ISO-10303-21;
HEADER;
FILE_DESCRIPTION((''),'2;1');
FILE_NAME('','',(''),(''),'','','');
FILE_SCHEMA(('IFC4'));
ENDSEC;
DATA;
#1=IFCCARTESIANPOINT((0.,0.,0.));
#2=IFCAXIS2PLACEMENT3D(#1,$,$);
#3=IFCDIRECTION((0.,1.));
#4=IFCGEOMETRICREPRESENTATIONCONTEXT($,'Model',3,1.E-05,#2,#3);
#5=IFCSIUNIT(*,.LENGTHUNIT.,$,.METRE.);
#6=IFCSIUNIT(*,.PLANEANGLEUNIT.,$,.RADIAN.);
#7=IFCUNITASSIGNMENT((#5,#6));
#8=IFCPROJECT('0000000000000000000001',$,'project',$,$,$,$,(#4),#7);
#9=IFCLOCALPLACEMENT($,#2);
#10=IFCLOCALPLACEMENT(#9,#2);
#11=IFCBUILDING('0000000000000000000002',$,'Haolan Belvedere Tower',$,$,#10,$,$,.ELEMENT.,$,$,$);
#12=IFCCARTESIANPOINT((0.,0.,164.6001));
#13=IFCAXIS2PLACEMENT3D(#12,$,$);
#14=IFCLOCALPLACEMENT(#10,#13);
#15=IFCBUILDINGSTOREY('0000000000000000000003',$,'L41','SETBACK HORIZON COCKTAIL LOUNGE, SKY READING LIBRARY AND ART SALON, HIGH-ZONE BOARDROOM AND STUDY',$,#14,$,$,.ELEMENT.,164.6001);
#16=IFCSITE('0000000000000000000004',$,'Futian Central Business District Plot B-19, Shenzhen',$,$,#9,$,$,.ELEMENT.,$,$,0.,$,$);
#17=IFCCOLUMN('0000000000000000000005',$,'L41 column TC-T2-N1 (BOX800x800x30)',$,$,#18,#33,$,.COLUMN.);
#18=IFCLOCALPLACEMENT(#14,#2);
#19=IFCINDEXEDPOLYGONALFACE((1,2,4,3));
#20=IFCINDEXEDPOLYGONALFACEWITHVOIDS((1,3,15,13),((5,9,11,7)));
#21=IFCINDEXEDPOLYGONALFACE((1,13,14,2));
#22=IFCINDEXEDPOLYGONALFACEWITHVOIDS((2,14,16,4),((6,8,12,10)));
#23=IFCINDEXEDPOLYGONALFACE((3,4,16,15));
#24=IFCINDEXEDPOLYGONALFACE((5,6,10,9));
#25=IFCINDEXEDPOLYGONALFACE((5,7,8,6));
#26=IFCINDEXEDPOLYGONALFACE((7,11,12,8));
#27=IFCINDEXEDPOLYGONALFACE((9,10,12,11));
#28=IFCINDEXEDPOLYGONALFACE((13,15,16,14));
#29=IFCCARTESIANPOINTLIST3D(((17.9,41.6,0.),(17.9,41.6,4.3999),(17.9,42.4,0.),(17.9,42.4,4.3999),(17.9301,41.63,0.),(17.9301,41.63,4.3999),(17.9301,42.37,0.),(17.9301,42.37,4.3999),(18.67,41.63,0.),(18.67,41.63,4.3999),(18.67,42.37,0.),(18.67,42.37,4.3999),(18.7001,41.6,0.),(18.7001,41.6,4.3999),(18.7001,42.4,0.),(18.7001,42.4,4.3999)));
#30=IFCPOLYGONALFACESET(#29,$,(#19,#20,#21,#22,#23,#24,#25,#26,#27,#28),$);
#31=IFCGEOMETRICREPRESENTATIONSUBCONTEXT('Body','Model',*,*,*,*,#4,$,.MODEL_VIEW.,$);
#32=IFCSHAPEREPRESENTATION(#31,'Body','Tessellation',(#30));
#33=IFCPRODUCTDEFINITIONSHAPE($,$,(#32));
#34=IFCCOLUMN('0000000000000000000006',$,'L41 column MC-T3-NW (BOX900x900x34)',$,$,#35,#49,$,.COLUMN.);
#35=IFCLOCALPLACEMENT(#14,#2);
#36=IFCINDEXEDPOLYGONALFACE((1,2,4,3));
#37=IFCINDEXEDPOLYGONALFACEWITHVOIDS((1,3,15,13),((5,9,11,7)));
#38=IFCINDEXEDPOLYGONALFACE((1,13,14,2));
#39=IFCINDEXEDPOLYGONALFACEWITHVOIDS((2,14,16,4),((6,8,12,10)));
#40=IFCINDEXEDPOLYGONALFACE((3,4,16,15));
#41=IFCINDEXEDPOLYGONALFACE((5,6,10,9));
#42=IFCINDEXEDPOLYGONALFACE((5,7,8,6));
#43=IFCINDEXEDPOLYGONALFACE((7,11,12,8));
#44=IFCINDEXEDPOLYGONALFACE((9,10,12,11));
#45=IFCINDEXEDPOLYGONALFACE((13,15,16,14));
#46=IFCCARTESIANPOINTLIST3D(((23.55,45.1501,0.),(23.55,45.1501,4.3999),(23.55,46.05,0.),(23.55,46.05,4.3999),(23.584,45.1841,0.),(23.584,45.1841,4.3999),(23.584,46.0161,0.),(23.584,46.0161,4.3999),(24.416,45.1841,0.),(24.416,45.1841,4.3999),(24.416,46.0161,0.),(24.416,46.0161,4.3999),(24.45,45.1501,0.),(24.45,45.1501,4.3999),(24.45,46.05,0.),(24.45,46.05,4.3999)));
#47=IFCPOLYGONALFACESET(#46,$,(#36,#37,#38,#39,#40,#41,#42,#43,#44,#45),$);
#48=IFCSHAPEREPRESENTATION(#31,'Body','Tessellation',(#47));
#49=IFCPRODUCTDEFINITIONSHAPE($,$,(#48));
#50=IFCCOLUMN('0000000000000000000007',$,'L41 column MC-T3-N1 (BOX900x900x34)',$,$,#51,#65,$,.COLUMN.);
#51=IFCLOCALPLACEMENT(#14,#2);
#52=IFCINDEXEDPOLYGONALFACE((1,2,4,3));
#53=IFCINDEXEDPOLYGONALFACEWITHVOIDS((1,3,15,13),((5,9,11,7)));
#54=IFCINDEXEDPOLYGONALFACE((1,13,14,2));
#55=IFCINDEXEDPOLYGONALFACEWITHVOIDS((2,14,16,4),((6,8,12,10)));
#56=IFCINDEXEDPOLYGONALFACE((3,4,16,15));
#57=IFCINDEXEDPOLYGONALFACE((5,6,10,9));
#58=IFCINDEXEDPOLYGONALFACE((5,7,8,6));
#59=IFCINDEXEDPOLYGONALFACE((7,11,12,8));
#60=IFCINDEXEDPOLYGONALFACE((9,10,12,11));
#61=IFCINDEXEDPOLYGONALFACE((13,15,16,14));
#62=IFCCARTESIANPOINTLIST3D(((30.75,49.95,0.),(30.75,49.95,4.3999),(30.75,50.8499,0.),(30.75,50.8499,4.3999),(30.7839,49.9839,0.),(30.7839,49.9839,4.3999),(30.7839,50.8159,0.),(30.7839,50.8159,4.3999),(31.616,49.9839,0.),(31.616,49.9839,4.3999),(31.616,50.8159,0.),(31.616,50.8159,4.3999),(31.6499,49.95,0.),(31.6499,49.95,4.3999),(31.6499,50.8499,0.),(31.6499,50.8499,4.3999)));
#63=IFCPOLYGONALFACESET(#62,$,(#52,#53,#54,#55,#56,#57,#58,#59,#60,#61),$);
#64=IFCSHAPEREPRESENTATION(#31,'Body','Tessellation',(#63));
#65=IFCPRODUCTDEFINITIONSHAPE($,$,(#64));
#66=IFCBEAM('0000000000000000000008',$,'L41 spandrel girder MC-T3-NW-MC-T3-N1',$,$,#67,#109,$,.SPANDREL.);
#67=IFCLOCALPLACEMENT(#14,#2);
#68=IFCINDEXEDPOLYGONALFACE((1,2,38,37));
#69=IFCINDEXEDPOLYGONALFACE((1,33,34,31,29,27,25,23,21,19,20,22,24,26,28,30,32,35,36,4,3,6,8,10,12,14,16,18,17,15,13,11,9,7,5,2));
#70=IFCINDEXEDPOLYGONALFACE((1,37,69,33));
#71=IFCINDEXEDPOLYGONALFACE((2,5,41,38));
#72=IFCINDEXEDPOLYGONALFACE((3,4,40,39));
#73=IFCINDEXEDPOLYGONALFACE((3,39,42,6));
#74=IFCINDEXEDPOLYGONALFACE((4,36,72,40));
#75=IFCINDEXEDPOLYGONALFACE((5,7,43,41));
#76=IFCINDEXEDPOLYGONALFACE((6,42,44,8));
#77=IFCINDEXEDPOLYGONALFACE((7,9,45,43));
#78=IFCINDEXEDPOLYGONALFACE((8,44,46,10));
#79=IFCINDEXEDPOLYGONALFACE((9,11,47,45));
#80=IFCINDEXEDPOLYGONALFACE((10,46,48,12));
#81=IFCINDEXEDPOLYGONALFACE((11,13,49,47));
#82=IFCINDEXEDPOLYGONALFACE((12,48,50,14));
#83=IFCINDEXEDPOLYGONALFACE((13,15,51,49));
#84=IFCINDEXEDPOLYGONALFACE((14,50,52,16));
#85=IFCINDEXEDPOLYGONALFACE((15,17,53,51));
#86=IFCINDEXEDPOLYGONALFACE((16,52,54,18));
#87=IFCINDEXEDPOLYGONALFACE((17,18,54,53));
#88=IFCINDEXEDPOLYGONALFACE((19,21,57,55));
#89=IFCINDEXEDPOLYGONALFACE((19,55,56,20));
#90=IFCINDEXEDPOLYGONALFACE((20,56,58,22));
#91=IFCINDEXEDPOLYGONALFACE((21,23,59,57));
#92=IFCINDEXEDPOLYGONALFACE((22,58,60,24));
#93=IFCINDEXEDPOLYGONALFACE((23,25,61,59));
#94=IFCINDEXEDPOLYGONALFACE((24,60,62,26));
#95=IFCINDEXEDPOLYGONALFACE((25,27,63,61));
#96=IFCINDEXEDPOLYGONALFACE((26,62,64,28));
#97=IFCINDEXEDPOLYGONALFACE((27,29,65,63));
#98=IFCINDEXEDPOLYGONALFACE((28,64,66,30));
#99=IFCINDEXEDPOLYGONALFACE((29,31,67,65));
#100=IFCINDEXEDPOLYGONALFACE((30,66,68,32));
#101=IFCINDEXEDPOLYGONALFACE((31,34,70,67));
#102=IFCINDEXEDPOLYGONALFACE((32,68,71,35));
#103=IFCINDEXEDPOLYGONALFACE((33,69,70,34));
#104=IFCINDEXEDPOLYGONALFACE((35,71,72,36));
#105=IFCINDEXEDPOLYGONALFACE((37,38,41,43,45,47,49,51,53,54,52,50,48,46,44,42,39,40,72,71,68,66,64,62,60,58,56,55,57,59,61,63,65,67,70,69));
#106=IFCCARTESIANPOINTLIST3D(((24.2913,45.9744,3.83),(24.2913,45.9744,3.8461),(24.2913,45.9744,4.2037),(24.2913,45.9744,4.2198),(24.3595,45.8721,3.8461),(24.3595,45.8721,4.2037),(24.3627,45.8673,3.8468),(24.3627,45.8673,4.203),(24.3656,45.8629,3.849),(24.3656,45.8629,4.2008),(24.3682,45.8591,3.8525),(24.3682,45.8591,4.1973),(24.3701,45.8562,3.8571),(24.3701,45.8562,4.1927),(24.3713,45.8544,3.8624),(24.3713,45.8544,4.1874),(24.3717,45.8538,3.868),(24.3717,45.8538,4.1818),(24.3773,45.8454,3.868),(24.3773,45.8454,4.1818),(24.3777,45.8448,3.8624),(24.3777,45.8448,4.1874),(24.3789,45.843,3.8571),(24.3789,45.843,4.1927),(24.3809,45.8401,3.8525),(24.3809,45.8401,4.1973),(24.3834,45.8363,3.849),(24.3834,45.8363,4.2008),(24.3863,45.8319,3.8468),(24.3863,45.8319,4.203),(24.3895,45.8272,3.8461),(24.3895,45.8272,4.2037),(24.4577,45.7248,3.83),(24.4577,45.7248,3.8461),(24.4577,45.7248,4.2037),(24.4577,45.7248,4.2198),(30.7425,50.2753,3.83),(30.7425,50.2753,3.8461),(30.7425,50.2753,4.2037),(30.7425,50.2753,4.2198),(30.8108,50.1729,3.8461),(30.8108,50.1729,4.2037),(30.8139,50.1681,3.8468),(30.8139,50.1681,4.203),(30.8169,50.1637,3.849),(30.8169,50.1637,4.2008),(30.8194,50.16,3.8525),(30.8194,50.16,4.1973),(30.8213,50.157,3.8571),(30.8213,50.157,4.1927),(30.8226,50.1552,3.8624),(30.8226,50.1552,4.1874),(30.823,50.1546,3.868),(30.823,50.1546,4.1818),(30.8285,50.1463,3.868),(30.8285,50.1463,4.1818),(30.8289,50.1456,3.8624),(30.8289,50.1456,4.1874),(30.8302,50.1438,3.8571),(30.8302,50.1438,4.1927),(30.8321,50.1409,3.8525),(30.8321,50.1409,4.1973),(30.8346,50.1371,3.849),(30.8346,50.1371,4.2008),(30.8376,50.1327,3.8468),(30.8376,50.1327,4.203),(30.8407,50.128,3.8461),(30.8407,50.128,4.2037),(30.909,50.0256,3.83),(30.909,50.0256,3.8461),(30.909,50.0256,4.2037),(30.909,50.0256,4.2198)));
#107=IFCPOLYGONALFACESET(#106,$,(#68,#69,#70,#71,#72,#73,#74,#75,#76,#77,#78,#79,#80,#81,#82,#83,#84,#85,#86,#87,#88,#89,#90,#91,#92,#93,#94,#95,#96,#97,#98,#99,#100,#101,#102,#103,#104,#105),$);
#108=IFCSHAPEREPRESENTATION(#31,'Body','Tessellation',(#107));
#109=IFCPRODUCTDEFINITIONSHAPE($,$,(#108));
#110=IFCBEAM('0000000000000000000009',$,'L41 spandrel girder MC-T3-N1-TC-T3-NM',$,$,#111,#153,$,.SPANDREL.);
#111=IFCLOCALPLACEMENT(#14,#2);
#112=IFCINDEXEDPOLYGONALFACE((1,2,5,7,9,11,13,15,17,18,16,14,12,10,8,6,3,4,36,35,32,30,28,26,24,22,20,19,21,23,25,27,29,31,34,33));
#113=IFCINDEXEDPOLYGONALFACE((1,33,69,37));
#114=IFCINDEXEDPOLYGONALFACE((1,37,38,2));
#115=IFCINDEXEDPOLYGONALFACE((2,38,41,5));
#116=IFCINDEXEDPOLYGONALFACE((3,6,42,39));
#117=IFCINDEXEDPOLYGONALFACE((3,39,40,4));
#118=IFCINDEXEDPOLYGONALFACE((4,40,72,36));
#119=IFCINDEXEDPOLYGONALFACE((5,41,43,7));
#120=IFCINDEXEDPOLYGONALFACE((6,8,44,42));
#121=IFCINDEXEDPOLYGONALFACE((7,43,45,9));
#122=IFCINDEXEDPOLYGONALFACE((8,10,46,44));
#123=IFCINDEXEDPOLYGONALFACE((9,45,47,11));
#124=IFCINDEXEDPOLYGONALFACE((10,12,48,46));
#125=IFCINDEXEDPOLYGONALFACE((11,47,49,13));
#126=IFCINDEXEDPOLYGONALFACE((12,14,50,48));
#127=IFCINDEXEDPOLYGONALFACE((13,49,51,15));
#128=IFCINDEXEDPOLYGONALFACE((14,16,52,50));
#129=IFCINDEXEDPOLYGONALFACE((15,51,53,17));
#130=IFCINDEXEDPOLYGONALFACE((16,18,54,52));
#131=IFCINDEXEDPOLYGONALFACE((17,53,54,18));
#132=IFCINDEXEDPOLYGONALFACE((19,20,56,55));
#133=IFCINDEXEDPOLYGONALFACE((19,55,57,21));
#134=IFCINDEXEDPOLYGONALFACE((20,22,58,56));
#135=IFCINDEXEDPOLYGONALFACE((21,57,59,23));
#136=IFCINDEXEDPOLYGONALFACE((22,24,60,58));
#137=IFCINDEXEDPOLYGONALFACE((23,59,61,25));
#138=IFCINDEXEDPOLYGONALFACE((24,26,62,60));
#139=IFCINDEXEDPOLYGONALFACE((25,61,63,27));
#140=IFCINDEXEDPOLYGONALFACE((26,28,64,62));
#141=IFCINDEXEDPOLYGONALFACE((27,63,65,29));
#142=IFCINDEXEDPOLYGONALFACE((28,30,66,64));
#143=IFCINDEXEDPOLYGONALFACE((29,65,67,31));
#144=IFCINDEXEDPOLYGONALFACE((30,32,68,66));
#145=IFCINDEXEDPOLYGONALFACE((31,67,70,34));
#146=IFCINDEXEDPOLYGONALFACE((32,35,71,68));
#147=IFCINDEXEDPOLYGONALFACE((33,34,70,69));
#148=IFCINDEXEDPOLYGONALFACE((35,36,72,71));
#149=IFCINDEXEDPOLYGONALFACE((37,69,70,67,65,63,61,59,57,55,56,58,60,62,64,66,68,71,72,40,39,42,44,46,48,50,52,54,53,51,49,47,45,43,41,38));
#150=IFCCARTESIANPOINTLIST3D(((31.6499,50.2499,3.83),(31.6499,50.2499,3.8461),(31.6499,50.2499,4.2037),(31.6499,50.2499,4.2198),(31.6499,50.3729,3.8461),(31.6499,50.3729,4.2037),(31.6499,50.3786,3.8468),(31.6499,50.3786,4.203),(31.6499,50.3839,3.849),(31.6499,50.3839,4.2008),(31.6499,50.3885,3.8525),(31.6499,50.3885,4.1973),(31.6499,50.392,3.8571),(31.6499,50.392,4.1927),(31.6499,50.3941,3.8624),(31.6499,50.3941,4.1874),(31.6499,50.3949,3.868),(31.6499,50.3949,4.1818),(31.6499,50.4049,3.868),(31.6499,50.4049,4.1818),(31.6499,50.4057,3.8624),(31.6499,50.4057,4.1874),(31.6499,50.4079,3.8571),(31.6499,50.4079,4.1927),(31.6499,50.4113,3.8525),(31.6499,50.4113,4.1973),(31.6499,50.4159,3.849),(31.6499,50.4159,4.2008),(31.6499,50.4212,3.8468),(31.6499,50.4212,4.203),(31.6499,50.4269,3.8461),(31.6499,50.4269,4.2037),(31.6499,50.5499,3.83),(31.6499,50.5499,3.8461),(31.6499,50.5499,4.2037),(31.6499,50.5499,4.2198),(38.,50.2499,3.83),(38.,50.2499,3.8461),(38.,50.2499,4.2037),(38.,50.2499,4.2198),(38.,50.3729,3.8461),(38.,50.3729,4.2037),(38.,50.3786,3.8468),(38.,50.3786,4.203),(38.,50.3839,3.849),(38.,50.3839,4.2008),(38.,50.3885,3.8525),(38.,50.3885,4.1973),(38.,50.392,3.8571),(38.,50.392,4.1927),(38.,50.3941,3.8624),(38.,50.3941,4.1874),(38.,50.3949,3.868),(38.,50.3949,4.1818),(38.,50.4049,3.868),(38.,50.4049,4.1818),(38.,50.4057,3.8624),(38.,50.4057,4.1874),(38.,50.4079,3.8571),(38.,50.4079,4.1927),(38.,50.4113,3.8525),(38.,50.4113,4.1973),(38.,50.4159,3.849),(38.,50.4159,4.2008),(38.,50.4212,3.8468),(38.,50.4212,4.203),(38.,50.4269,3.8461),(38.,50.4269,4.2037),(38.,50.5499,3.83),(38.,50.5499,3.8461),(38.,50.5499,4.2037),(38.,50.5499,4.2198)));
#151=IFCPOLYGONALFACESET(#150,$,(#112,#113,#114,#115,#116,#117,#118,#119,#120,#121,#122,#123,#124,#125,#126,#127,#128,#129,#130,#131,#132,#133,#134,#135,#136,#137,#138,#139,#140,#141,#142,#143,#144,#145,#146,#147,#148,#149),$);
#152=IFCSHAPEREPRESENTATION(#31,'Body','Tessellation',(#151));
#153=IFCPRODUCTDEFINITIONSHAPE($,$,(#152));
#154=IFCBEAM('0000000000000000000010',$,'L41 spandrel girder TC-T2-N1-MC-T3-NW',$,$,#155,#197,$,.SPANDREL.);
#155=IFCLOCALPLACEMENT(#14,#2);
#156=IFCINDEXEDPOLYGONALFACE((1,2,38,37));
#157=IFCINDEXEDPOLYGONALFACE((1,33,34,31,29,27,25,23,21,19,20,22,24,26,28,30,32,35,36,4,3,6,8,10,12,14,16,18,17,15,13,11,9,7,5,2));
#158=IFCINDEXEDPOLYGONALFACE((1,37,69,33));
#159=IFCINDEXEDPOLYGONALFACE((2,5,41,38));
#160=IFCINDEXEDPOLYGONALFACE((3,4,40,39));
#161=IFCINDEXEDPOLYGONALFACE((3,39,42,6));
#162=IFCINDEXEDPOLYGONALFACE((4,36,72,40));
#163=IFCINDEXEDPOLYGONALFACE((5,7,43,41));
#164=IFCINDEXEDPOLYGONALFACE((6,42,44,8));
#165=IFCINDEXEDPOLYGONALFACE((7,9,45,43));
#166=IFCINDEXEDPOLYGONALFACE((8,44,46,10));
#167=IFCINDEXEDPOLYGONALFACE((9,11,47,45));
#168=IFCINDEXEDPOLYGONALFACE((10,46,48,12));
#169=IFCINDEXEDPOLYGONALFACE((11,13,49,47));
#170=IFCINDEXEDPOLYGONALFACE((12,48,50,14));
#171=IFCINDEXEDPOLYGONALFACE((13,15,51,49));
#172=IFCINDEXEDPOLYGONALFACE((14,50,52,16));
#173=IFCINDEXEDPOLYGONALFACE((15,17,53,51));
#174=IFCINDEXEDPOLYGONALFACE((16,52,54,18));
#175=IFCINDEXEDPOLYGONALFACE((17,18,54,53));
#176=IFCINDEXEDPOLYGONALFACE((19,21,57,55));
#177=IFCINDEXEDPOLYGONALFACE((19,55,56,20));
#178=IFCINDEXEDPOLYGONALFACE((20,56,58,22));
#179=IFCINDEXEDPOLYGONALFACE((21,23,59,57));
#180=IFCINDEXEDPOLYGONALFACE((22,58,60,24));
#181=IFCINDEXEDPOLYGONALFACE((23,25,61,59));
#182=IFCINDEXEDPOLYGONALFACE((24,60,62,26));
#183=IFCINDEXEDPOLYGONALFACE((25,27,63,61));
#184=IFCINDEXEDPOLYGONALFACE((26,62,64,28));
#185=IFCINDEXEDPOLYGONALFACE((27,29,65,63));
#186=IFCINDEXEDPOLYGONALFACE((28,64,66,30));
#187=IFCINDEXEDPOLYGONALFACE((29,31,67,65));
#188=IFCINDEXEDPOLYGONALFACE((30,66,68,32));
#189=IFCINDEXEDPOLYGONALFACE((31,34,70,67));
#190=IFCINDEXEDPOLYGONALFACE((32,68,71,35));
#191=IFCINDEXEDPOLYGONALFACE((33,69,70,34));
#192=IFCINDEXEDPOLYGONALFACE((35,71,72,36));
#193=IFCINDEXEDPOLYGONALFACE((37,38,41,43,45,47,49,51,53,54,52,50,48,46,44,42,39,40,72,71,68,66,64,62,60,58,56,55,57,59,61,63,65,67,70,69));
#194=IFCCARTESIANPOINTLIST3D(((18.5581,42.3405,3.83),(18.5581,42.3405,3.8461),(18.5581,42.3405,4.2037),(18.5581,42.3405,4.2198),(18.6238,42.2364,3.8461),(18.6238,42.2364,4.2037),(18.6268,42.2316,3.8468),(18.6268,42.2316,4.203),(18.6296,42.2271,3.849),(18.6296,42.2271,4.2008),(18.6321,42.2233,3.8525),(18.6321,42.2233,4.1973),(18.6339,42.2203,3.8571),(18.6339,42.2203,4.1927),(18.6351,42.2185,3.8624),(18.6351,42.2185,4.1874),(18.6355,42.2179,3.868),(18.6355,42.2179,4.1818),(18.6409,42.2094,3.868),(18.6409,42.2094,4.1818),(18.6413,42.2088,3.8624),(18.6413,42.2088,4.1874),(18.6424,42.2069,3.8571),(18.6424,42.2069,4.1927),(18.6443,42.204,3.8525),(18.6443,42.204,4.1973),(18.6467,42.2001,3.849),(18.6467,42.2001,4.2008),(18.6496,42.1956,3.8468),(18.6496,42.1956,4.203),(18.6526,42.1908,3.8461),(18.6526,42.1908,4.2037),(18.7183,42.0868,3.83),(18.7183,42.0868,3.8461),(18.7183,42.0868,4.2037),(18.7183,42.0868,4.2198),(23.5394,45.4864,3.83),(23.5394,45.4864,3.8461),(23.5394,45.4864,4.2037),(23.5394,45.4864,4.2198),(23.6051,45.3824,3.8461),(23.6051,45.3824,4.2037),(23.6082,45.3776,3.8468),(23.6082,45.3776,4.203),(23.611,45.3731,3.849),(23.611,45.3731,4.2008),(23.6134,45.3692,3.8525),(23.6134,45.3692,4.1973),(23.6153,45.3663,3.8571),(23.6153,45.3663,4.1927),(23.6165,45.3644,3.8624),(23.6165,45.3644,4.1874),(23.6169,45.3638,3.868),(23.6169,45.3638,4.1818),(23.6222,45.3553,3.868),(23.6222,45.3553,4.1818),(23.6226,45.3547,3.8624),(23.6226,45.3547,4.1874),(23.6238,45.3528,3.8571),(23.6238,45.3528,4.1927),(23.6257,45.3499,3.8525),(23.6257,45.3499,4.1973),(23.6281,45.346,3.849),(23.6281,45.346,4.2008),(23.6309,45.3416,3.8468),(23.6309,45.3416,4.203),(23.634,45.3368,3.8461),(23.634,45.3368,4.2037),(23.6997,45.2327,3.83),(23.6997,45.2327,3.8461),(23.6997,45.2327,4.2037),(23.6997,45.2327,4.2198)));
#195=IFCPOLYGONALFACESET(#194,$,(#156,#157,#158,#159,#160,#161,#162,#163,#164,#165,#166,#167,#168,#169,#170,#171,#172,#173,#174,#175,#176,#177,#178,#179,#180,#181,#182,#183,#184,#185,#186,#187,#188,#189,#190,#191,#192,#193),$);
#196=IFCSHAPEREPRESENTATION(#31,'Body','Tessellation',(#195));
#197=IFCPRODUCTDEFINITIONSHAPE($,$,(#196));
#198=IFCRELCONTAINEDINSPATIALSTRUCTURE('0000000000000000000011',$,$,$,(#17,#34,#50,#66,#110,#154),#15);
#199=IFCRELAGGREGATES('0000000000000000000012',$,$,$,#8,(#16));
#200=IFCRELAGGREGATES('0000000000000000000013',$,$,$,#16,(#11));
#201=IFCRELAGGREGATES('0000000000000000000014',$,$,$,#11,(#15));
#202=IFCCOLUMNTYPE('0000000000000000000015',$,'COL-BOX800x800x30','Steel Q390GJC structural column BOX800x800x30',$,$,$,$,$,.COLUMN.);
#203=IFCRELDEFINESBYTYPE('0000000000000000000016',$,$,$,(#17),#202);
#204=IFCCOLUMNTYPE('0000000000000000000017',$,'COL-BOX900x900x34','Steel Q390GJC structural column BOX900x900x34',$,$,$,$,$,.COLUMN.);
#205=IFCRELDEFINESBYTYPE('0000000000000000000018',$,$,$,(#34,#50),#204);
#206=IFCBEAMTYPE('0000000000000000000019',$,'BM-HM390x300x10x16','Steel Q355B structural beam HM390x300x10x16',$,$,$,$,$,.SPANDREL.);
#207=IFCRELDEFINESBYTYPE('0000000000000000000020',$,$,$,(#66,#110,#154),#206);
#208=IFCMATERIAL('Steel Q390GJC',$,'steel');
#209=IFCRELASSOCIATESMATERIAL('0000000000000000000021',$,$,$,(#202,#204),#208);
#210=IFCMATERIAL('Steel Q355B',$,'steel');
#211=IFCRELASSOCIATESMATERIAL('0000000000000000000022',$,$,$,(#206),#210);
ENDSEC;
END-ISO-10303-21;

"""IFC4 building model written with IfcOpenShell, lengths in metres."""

from ifc_helpers import new_model, si_unit, direction, frame, origin, origin_2d, place, context, subcontext, project, spatial, hollow_rectangle, i_section, extrude, material, material_profile, profile_set, type_object, element, save


model = new_model("IFC4")

# Units and contexts
model_context = context("Model", 3, precision=1e-05, world=origin(), true_north=direction((0.0, 1.0)))
body_context = subcontext(model_context, "Body", "Model", "MODEL_VIEW")
ifc_project = project(units=[si_unit("LENGTHUNIT", "METRE"), si_unit("PLANEANGLEUNIT", "RADIAN")], contexts=[model_context])

# Site, building, storey
site_placement = place(None, origin())
site = spatial("IfcSite", under=ifc_project, at=site_placement, Name="Futian Central Business District Plot B-19, Shenzhen", CompositionType="ELEMENT", RefElevation=0.0)
building_placement = place(site_placement, origin())
building = spatial("IfcBuilding", under=site, at=building_placement, Name="Haolan Belvedere Tower", CompositionType="ELEMENT")
storey_placement = place(building_placement, frame((0.0, 0.0, 164.6001)))
storey = spatial("IfcBuildingStorey", under=building, at=storey_placement, Name="L41", Description="SETBACK HORIZON COCKTAIL LOUNGE, SKY READING LIBRARY AND ART SALON, HIGH-ZONE BOARDROOM AND STUDY", CompositionType="ELEMENT", Elevation=164.6001)

# Columns
ifc_material_1 = material(Name="Steel Q390GJC", Category="steel")
ifc_material_profile_1 = material_profile(ifc_material_1, hollow_rectangle(XDim=0.8, YDim=0.8, WallThickness=0.03, at=origin_2d()), Name="Steel Q390GJC")
ifc_profile_set_1 = profile_set([ifc_material_profile_1], Name="Steel Q390GJC")
column_type_1 = type_object("IfcColumnType", Name="COL-BOX800x800x30", Description="Steel Q390GJC structural column BOX800x800x30", PredefinedType="COLUMN", material=ifc_profile_set_1)
column_placement = place(storey_placement, frame((18.3, 42.0, 0.0), z_axis=(0.0, 0.0, 1.0), x_axis=(1.0, 0.0, 0.0)))
element("IfcColumn", 1, at=column_placement, inside=storey, type_object=column_type_1, Name="L41 column TC-T2-N1 (BOX800x800x30)", PredefinedType="COLUMN", context=body_context, shape_type="SweptSolid", body=[
    extrude(hollow_rectangle(XDim=0.8, YDim=0.8, WallThickness=0.03, at=origin_2d()), origin(), (0.0, 0.0, 1.0), 4.3999),
])
ifc_material_profile_2 = material_profile(ifc_material_1, hollow_rectangle(XDim=0.8999, YDim=0.8999, WallThickness=0.0339, at=origin_2d()), Name="Steel Q390GJC")
ifc_profile_set_2 = profile_set([ifc_material_profile_2], Name="Steel Q390GJC")
column_type_2 = type_object("IfcColumnType", Name="COL-BOX900x900x34", Description="Steel Q390GJC structural column BOX900x900x34", PredefinedType="COLUMN", material=ifc_profile_set_2)
for number, where, z_axis, x_axis, name in (
    (2, (24.0, 45.6001, 0.0), (0.0, 0.0, 1.0), (1.0, 0.0, 0.0), "L41 column MC-T3-NW (BOX900x900x34)"),
    (3, (31.2, 50.3999, 0.0), (0.0, 0.0, 1.0), (1.0, 0.0, 0.0), "L41 column MC-T3-N1 (BOX900x900x34)"),
):
    element("IfcColumn", number, at=place(storey_placement, frame(where, z_axis=z_axis, x_axis=x_axis)), inside=storey, type_object=column_type_2, Name=name, PredefinedType="COLUMN", context=body_context, shape_type="SweptSolid", body=[
        extrude(hollow_rectangle(XDim=0.8999, YDim=0.8999, WallThickness=0.0339, at=origin_2d()), origin(), (0.0, 0.0, 1.0), 4.3999),
    ])

# Beams
ifc_material_2 = material(Name="Steel Q355B", Category="steel")
ifc_material_profile_3 = material_profile(ifc_material_2, i_section(OverallWidth=0.3, OverallDepth=0.3899, WebThickness=0.01, FlangeThickness=0.0161, FilletRadius=0.022, at=origin_2d()), Name="Steel Q355B")
ifc_profile_set_3 = profile_set([ifc_material_profile_3], Name="Steel Q355B")
beam_type_1 = type_object("IfcBeamType", Name="BM-HM390x300x10x16", Description="Steel Q355B structural beam HM390x300x10x16", PredefinedType="SPANDREL", material=ifc_profile_set_3)
beam_1_placement = place(storey_placement, frame((24.3745, 45.8496, 4.0249), z_axis=(0.83205, 0.5547, 0.0), x_axis=(-0.5547, 0.83205, 0.0)))
element("IfcBeam", 4, at=beam_1_placement, inside=storey, type_object=beam_type_1, Name="L41 spandrel girder MC-T3-NW-MC-T3-N1", PredefinedType="SPANDREL", context=body_context, shape_type="SweptSolid", body=[
    extrude(i_section(OverallWidth=0.3, OverallDepth=0.3899, WebThickness=0.01, FlangeThickness=0.0161, FilletRadius=0.022, at=origin_2d()), origin(), (0.0, 0.0, 1.0), 7.7534),
])
beam_2_placement = place(storey_placement, frame((31.6499, 50.3999, 4.0249), z_axis=(1.0, 0.0, 0.0), x_axis=(0.0, 1.0, 0.0)))
element("IfcBeam", 5, at=beam_2_placement, inside=storey, type_object=beam_type_1, Name="L41 spandrel girder MC-T3-N1-TC-T3-NM", PredefinedType="SPANDREL", context=body_context, shape_type="SweptSolid", body=[
    extrude(i_section(OverallWidth=0.3, OverallDepth=0.3899, WebThickness=0.01, FlangeThickness=0.0161, FilletRadius=0.022, at=origin_2d()), origin(), (0.0, 0.0, 1.0), 6.3501),
])
beam_3_placement = place(storey_placement, frame((18.6382, 42.2136, 4.0249), z_axis=(0.845503, 0.533971, 0.0), x_axis=(-0.533971, 0.845503, 0.0)))
element("IfcBeam", 6, at=beam_3_placement, inside=storey, type_object=beam_type_1, Name="L41 spandrel girder TC-T2-N1-MC-T3-NW", PredefinedType="SPANDREL", context=body_context, shape_type="SweptSolid", body=[
    extrude(i_section(OverallWidth=0.3, OverallDepth=0.3899, WebThickness=0.01, FlangeThickness=0.0161, FilletRadius=0.022, at=origin_2d()), origin(), (0.0, 0.0, 1.0), 5.8916),
])

save(model, "model.ifc")
